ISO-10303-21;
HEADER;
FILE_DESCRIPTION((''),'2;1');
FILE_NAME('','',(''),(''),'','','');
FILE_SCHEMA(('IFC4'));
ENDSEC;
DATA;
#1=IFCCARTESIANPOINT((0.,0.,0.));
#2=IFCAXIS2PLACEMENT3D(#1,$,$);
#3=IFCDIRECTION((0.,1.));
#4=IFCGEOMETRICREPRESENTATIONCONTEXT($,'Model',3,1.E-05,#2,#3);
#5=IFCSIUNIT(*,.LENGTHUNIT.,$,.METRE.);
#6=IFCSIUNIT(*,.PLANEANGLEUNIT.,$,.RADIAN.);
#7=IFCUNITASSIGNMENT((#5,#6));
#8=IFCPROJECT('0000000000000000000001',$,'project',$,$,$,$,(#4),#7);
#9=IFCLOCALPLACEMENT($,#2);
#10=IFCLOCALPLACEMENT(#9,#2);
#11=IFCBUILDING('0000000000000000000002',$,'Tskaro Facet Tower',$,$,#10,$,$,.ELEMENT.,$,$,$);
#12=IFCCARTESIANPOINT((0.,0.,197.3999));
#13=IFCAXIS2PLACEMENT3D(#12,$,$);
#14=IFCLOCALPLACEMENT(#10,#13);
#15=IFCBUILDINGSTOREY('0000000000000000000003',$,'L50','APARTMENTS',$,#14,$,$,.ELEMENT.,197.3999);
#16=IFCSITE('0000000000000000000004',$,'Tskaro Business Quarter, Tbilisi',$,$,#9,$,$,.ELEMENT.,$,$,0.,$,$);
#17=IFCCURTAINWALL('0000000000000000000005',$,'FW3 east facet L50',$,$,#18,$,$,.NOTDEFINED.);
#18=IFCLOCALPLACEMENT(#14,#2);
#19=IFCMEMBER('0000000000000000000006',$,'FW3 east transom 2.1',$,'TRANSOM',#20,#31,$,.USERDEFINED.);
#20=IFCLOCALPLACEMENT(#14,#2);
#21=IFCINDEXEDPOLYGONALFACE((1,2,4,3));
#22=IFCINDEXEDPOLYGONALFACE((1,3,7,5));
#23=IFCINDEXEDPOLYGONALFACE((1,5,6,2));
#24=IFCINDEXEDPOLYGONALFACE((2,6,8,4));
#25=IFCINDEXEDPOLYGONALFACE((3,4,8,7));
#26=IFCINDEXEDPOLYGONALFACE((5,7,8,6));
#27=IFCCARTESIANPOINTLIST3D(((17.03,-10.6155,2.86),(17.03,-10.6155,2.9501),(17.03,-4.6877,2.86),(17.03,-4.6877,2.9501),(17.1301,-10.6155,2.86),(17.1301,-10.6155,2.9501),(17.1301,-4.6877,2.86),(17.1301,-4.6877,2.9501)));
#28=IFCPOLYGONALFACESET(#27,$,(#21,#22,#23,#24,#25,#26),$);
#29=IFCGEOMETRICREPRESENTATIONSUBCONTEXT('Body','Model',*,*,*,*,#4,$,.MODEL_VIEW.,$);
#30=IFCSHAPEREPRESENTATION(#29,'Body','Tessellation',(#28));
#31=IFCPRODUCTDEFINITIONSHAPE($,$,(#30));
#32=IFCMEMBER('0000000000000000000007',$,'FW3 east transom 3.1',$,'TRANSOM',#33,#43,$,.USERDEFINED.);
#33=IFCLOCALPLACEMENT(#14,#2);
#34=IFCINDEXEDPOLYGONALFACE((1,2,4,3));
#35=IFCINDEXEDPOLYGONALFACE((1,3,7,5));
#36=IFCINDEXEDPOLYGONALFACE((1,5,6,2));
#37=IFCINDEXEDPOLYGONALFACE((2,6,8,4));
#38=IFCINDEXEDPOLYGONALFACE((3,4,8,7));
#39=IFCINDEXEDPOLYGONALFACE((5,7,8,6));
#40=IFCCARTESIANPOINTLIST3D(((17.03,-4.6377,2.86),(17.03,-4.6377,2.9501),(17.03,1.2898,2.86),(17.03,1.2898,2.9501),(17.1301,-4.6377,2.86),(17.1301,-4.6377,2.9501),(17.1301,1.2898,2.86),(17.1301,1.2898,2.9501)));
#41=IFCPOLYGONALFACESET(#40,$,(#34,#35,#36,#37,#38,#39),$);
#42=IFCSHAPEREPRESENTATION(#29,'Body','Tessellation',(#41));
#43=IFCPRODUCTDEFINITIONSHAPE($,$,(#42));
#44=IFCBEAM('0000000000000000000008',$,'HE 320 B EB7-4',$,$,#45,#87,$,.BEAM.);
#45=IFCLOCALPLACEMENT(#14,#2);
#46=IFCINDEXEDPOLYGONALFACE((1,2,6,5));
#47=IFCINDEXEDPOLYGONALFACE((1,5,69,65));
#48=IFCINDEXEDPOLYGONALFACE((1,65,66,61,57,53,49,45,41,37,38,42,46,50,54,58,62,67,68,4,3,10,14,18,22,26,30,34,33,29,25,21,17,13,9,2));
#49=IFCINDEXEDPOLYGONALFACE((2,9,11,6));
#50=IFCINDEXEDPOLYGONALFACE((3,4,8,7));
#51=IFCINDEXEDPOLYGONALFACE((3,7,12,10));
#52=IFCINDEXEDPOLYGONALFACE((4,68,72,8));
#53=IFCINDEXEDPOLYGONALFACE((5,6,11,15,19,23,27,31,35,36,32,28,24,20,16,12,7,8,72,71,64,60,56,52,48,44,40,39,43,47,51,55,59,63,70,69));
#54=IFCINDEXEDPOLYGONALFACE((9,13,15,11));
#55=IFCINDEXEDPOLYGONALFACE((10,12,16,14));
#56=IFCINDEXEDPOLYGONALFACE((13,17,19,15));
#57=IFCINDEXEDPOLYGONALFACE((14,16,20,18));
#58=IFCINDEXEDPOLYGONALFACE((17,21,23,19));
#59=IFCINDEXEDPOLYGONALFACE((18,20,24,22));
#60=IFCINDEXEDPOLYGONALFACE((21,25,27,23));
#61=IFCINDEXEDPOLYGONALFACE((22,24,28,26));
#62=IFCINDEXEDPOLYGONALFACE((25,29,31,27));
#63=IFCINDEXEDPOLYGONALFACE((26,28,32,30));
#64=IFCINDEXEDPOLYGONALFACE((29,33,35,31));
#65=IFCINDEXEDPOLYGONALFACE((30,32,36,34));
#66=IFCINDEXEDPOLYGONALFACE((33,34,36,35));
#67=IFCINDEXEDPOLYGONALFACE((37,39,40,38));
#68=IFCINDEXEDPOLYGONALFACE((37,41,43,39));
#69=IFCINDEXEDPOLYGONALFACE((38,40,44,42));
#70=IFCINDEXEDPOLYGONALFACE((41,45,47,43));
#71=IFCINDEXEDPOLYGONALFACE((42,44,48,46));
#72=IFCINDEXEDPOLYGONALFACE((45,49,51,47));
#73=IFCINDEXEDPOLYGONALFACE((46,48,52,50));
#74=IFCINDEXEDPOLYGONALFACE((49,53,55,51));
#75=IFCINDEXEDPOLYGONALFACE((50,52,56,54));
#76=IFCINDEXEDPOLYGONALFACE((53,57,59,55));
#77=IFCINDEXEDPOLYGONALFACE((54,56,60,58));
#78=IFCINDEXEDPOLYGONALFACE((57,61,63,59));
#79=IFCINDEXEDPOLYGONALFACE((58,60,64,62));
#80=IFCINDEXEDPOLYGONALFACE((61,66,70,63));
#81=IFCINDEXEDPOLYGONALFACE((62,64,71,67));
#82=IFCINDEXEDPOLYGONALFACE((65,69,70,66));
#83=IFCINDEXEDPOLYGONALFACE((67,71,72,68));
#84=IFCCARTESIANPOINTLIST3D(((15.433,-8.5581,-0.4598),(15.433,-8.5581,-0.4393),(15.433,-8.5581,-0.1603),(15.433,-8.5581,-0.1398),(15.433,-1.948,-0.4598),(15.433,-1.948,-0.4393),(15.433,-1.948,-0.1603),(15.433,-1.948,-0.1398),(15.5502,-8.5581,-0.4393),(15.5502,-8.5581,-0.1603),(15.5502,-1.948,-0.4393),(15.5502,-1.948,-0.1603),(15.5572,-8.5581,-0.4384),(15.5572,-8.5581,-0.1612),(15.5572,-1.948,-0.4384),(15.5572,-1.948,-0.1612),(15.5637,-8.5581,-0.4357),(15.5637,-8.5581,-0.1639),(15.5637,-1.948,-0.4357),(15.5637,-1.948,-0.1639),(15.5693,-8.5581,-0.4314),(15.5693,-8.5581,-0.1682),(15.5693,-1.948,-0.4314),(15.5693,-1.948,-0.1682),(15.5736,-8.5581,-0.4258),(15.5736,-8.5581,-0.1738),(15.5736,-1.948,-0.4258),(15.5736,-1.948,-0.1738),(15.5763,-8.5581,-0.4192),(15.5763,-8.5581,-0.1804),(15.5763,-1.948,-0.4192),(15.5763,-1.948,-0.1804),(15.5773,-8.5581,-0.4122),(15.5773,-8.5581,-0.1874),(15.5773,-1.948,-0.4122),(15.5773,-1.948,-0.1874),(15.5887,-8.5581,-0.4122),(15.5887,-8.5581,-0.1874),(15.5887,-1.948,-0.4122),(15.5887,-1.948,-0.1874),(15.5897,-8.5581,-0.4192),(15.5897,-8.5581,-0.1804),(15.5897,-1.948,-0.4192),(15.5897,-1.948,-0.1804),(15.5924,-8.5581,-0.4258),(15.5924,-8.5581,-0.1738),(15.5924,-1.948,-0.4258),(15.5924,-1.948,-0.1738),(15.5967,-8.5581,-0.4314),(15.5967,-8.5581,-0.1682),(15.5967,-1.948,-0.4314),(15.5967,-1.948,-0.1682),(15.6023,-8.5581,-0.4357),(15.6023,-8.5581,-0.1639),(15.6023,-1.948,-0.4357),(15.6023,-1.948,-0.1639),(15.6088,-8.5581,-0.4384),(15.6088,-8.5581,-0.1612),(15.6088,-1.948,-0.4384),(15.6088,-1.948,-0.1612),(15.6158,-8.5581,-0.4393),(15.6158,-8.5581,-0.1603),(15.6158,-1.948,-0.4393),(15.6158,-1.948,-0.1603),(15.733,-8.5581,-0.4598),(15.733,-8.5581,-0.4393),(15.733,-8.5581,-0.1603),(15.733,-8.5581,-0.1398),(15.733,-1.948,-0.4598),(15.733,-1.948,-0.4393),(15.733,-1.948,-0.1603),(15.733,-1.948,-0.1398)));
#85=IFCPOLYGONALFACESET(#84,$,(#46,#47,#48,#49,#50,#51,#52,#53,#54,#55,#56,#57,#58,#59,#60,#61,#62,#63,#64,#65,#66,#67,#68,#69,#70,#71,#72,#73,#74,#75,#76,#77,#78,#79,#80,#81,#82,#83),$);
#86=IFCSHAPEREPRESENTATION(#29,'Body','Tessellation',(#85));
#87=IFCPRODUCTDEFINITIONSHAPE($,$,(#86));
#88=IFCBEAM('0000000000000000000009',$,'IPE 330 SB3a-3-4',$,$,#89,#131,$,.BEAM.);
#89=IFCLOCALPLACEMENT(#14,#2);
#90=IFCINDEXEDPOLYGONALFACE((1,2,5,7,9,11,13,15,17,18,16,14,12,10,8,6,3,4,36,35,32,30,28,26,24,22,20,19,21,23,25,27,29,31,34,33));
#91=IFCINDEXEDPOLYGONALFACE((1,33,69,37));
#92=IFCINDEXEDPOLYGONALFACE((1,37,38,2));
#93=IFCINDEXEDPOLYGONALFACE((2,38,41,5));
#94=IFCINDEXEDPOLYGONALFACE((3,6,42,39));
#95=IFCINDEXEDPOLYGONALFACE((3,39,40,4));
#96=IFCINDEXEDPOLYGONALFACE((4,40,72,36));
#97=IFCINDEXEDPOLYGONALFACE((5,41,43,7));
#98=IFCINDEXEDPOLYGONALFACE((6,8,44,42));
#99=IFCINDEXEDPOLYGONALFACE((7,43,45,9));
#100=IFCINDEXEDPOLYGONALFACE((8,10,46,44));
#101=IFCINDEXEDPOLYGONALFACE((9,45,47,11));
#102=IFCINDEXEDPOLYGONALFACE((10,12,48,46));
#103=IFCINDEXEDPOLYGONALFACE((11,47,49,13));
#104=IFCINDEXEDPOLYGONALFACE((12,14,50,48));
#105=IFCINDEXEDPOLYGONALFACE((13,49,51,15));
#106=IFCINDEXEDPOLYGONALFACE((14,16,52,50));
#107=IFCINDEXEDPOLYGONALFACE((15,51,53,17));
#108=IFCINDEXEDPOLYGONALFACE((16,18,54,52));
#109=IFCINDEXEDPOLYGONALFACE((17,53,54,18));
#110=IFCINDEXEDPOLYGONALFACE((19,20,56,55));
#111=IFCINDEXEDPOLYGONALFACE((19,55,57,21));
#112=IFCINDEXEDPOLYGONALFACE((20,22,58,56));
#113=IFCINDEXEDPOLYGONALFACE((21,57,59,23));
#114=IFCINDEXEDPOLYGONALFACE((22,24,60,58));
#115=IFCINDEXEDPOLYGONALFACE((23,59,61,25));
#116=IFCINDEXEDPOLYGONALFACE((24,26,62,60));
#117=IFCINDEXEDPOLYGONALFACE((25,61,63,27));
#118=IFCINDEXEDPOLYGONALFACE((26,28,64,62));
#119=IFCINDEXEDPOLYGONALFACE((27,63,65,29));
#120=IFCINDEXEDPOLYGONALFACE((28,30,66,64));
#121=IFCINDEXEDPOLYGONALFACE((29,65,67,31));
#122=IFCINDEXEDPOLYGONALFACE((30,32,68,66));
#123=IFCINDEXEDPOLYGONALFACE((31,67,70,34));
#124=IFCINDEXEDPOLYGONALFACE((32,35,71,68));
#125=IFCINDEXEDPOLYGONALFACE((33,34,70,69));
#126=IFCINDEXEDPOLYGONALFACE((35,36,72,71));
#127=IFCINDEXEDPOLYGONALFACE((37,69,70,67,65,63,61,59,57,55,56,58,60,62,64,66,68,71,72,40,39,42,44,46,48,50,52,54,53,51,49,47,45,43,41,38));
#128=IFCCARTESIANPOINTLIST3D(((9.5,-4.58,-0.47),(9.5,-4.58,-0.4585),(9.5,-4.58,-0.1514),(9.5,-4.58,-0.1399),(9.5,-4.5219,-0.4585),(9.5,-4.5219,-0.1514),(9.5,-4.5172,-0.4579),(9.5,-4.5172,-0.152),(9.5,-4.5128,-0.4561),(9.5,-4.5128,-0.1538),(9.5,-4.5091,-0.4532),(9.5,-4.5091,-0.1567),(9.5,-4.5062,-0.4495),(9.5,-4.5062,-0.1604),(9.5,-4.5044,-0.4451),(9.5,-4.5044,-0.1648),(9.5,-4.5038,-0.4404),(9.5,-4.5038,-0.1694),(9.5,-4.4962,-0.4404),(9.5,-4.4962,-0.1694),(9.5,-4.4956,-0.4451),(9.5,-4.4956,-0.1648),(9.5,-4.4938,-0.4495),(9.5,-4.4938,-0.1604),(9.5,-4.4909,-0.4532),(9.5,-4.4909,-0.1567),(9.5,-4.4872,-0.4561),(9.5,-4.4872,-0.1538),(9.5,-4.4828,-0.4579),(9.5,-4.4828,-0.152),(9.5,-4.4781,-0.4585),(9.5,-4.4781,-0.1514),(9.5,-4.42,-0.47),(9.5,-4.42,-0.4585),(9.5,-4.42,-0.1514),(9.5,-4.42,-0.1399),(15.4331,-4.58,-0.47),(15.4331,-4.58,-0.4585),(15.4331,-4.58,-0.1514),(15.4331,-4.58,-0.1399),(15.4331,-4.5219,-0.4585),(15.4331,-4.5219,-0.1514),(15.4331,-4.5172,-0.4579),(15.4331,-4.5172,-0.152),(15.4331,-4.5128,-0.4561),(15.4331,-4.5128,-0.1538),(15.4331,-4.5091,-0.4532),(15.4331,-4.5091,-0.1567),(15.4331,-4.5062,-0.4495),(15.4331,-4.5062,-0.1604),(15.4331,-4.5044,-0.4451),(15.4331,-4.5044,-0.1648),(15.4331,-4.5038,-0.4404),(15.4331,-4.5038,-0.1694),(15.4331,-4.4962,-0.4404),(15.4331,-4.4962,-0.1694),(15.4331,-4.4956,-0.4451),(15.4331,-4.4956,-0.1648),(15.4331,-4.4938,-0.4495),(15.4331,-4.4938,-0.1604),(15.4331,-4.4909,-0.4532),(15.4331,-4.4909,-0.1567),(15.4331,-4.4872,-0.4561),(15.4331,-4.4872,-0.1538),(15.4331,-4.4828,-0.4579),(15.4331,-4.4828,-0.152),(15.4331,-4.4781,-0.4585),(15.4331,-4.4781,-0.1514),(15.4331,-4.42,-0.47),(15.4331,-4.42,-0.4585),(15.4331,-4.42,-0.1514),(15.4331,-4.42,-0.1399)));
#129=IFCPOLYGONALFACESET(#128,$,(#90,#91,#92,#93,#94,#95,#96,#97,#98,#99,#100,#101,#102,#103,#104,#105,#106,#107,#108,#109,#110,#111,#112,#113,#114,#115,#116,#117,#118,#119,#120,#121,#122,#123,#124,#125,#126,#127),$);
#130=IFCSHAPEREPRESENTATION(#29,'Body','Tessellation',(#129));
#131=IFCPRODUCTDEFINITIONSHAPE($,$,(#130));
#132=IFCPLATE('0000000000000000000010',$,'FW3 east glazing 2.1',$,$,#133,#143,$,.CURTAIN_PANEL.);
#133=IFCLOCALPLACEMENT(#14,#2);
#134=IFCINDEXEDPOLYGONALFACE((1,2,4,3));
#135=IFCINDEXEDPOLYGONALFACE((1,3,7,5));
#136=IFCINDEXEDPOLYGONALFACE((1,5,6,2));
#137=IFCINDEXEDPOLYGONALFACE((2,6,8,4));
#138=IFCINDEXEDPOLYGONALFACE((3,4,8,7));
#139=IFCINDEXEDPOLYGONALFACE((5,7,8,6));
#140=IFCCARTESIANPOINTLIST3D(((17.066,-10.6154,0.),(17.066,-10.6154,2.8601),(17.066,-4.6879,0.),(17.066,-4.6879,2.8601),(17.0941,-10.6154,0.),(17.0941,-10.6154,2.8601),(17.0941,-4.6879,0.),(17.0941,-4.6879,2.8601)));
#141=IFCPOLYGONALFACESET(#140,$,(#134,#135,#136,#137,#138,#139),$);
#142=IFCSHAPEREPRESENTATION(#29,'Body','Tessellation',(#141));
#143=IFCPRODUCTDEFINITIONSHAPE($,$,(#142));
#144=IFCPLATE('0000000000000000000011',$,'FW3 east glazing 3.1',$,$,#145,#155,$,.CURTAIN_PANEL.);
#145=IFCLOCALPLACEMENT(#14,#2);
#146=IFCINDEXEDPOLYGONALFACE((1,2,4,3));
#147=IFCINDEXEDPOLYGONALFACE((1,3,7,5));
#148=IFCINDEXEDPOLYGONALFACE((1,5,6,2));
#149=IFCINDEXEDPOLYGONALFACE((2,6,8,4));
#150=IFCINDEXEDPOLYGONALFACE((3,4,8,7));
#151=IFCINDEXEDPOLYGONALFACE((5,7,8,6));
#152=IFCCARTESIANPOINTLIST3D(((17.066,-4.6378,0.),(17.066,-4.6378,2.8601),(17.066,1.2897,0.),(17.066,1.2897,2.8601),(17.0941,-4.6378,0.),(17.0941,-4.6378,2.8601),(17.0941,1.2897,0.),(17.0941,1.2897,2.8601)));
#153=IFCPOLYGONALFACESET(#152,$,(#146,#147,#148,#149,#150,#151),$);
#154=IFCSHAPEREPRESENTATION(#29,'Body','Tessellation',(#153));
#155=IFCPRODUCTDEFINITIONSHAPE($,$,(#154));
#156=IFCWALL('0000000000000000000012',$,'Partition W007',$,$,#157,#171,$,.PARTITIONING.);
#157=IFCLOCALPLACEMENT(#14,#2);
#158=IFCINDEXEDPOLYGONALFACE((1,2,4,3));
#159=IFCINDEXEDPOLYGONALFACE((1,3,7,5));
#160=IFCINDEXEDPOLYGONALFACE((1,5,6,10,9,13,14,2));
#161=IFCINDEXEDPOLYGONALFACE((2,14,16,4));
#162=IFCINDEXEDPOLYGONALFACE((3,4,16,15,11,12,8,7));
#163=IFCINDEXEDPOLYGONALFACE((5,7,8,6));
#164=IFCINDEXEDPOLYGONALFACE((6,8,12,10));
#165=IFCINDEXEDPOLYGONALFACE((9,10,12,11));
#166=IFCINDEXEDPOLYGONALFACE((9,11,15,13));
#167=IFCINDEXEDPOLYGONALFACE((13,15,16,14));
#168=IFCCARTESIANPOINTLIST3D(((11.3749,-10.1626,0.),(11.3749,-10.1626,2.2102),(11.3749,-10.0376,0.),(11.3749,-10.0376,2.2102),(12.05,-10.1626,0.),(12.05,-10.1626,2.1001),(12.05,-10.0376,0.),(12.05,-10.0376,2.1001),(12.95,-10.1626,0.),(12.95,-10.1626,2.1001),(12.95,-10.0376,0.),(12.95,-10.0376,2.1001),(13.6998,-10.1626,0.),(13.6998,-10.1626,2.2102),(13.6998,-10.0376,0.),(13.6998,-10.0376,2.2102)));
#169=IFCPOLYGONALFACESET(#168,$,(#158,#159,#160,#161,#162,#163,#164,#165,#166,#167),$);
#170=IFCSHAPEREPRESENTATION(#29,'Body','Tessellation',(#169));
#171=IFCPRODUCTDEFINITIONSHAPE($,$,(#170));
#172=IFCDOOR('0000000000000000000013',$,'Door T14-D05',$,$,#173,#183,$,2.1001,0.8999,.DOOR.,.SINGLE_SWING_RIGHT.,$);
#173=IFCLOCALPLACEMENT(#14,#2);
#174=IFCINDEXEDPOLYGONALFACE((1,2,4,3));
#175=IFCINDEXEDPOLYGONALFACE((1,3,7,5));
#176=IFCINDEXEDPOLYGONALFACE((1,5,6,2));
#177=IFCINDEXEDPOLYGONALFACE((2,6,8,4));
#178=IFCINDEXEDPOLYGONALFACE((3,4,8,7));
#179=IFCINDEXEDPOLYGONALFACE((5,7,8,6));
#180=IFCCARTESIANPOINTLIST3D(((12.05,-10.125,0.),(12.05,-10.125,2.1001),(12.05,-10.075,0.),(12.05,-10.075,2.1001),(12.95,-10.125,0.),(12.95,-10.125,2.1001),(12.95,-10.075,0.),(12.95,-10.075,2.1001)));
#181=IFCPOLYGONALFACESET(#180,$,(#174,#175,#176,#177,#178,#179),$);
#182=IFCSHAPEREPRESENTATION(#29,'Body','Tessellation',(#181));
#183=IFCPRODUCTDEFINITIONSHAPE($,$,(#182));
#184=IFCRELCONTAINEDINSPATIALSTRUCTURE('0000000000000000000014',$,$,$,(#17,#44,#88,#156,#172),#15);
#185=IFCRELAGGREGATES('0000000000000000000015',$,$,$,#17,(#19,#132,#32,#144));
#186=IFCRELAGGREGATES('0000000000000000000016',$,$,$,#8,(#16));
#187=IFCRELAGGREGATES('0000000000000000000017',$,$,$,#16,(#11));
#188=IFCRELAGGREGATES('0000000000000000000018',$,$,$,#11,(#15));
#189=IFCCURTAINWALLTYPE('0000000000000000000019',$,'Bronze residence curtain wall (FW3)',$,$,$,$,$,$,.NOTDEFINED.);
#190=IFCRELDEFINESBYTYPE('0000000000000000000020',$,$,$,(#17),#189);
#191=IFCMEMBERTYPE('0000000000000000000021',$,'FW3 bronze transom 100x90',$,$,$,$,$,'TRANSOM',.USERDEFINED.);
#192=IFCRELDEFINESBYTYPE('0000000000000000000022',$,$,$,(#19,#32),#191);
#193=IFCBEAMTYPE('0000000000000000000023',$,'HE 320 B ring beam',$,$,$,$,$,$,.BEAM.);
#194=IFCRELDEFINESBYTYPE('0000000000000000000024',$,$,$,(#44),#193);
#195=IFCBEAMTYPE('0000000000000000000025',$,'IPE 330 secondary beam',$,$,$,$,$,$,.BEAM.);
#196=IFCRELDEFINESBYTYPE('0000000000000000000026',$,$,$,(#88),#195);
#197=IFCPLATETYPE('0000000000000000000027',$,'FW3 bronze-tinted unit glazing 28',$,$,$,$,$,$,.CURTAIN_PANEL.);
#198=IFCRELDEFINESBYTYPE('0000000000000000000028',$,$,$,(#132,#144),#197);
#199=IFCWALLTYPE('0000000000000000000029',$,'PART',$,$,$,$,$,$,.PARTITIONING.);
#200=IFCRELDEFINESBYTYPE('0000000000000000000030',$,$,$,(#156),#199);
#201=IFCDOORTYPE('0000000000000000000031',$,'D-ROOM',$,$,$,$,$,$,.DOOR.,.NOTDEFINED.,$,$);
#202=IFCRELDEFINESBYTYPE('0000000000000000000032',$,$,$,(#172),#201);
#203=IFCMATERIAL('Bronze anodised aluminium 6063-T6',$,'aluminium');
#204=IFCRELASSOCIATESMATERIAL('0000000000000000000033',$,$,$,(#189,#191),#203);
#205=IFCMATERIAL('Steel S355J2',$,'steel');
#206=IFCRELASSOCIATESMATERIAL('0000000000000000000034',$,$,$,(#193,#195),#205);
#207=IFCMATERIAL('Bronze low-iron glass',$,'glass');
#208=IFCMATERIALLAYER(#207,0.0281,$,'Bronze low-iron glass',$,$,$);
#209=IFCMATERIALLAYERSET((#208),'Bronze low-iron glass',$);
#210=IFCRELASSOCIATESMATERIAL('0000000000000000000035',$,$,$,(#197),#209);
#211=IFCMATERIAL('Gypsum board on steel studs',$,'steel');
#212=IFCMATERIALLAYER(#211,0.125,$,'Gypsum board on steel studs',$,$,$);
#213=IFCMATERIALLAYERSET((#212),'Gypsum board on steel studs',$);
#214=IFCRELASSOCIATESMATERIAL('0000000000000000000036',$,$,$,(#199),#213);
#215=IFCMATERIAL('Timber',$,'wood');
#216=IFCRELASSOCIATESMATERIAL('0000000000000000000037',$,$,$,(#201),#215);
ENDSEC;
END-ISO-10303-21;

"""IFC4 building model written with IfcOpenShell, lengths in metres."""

from ifc_helpers import new_model, si_unit, direction, frame, frame_2d, origin, origin_2d, place, context, subcontext, project, spatial, rectangle, i_section, extrude, material, layer, layer_set, material_profile, profile_set, type_object, element, fill, aggregate, save


model = new_model("IFC4")

# Units and contexts
model_context = context("Model", 3, precision=1e-05, world=origin(), true_north=direction((0.0, 1.0)))
body_context = subcontext(model_context, "Body", "Model", "MODEL_VIEW")
ifc_project = project(units=[si_unit("LENGTHUNIT", "METRE"), si_unit("PLANEANGLEUNIT", "RADIAN")], contexts=[model_context])

# Site, building, storey
site_placement = place(None, origin())
site = spatial("IfcSite", under=ifc_project, at=site_placement, Name="Tskaro Business Quarter, Tbilisi", CompositionType="ELEMENT", RefElevation=0.0)
building_placement = place(site_placement, origin())
building = spatial("IfcBuilding", under=site, at=building_placement, Name="Tskaro Facet Tower", CompositionType="ELEMENT")
storey_placement = place(building_placement, frame((0.0, 0.0, 197.3999)))
storey = spatial("IfcBuildingStorey", under=building, at=storey_placement, Name="L50", Description="APARTMENTS", CompositionType="ELEMENT", Elevation=197.3999)

# Curtain wall, members
ifc_material_1 = material(Name="Bronze anodised aluminium 6063-T6", Category="aluminium")
curtain_wall_type = type_object("IfcCurtainWallType", Name="Bronze residence curtain wall (FW3)", PredefinedType="NOTDEFINED", material=ifc_material_1)
curtain_wall_placement = place(storey_placement, origin())
curtain_wall = element("IfcCurtainWall", 1, at=curtain_wall_placement, inside=storey, type_object=curtain_wall_type, Name="FW3 east facet L50", PredefinedType="NOTDEFINED")
ifc_material_profile_1 = material_profile(ifc_material_1, rectangle(XDim=0.1001, YDim=0.0901, at=origin_2d()), Name="Transom 100x90")
ifc_profile_set_1 = profile_set([ifc_material_profile_1], Name="Bronze anodised aluminium 6063-T6")
member_type_1 = type_object("IfcMemberType", Name="FW3 bronze transom 100x90", ElementType="TRANSOM", PredefinedType="USERDEFINED", material=ifc_profile_set_1)
member_1_placement = place(storey_placement, frame((17.0801, -10.6155, 2.905), z_axis=(0.0, 1.0, 0.0), x_axis=(-1.0, 0.0, 0.0)))
member_1 = element("IfcMember", 2, at=member_1_placement, type_object=member_type_1, Name="FW3 east transom 2.1", ObjectType="TRANSOM", PredefinedType="USERDEFINED", context=body_context, shape_type="SweptSolid", body=[
    extrude(rectangle(XDim=0.1001, YDim=0.0901, at=origin_2d()), origin(), (0.0, 0.0, 1.0), 5.9277),
])
member_2_placement = place(storey_placement, frame((17.0801, -4.6377, 2.905), z_axis=(0.0, 1.0, 0.0), x_axis=(-1.0, 0.0, 0.0)))
member_2 = element("IfcMember", 3, at=member_2_placement, type_object=member_type_1, Name="FW3 east transom 3.1", ObjectType="TRANSOM", PredefinedType="USERDEFINED", context=body_context, shape_type="SweptSolid", body=[
    extrude(rectangle(XDim=0.1001, YDim=0.0901, at=origin_2d()), origin(), (0.0, 0.0, 1.0), 5.9275),
])

# Beams
ifc_material_2 = material(Name="Steel S355J2", Category="steel")
ifc_material_profile_2 = material_profile(ifc_material_2, i_section(OverallWidth=0.3, OverallDepth=0.3201, WebThickness=0.0115, FlangeThickness=0.0205, FilletRadius=0.0271, at=origin_2d()), Name="HE 320 B")
ifc_profile_set_2 = profile_set([ifc_material_profile_2], Name="Steel S355J2")
beam_type_1 = type_object("IfcBeamType", Name="HE 320 B ring beam", PredefinedType="BEAM", material=ifc_profile_set_2)
beam_1_placement = place(storey_placement, frame((15.583, -8.5581, -0.2998), z_axis=(0.0, 1.0, 0.0), x_axis=(-1.0, 0.0, 0.0)))
element("IfcBeam", 4, at=beam_1_placement, inside=storey, type_object=beam_type_1, Name="HE 320 B EB7-4", PredefinedType="BEAM", context=body_context, shape_type="SweptSolid", body=[
    extrude(i_section(OverallWidth=0.3, OverallDepth=0.3201, WebThickness=0.0115, FlangeThickness=0.0205, FilletRadius=0.0271, at=origin_2d()), origin(), (0.0, 0.0, 1.0), 6.6101),
])
ifc_material_profile_3 = material_profile(ifc_material_2, i_section(OverallWidth=0.1599, OverallDepth=0.3301, WebThickness=0.0076, FlangeThickness=0.0115, FilletRadius=0.0181, at=origin_2d()), Name="IPE 330")
ifc_profile_set_3 = profile_set([ifc_material_profile_3], Name="Steel S355J2")
beam_type_2 = type_object("IfcBeamType", Name="IPE 330 secondary beam", PredefinedType="BEAM", material=ifc_profile_set_3)
beam_2_placement = place(storey_placement, frame((9.5, -4.5, -0.3049), z_axis=(1.0, 0.0, 0.0), x_axis=(0.0, 1.0, 0.0)))
element("IfcBeam", 5, at=beam_2_placement, inside=storey, type_object=beam_type_2, Name="IPE 330 SB3a-3-4", PredefinedType="BEAM", context=body_context, shape_type="SweptSolid", body=[
    extrude(i_section(OverallWidth=0.1599, OverallDepth=0.3301, WebThickness=0.0076, FlangeThickness=0.0115, FilletRadius=0.0181, at=origin_2d()), origin(), (0.0, 0.0, 1.0), 5.9331),
])

# Plates
ifc_material_3 = material(Name="Bronze low-iron glass", Category="glass")
ifc_layer_1 = layer(ifc_material_3, 0.0281, Name="Bronze low-iron glass")
ifc_layer_set_1 = layer_set([ifc_layer_1], Name="Bronze low-iron glass")
plate_type = type_object("IfcPlateType", Name="FW3 bronze-tinted unit glazing 28", PredefinedType="CURTAIN_PANEL", material=ifc_layer_set_1)
plate_1_placement = place(storey_placement, frame((17.0801, -7.6516, 0.0), z_axis=(0.0, 0.0, 1.0), x_axis=(0.0, 1.0, 0.0)))
plate_1 = element("IfcPlate", 6, at=plate_1_placement, type_object=plate_type, Name="FW3 east glazing 2.1", PredefinedType="CURTAIN_PANEL", context=body_context, shape_type="SweptSolid", body=[
    extrude(rectangle(XDim=5.9275, YDim=0.0281, at=origin_2d()), origin(), (0.0, 0.0, 1.0), 2.8601),
])
plate_2_placement = place(storey_placement, frame((17.0801, -1.6741, 0.0), z_axis=(0.0, 0.0, 1.0), x_axis=(0.0, 1.0, 0.0)))
plate_2 = element("IfcPlate", 7, at=plate_2_placement, type_object=plate_type, Name="FW3 east glazing 3.1", PredefinedType="CURTAIN_PANEL", context=body_context, shape_type="SweptSolid", body=[
    extrude(rectangle(XDim=5.9275, YDim=0.0281, at=origin_2d()), origin(), (0.0, 0.0, 1.0), 2.8601),
])
aggregate(curtain_wall, [member_1, plate_1, member_2, plate_2])

# Wall, opening, door
ifc_material_4 = material(Name="Gypsum board on steel studs", Category="steel")
ifc_layer_2 = layer(ifc_material_4, 0.125, Name="Gypsum board on steel studs")
ifc_layer_set_2 = layer_set([ifc_layer_2], Name="Gypsum board on steel studs")
wall_type_1 = type_object("IfcWallType", Name="PART", PredefinedType="PARTITIONING", material=ifc_layer_set_2)
wall_1_placement = place(storey_placement, frame((13.7, -10.1001, 0.0), z_axis=(0.0, 0.0, 1.0), x_axis=(-1.0, 0.0, 0.0)))
wall_1 = element("IfcWall", 8, at=wall_1_placement, inside=storey, type_object=wall_type_1, Name="Partition W007", PredefinedType="PARTITIONING", context=body_context, shape_type="SweptSolid", body=[
    extrude(rectangle(XDim=2.325, YDim=0.125, at=frame_2d((1.1626, 0.0))), origin(), (0.0, 0.0, 1.0), 2.2102),
])
opening_1_placement = place(wall_1_placement, frame((0.75, 0.0, 0.0)))
opening_1 = element("IfcOpeningElement", 9, at=opening_1_placement, cuts=wall_1, PredefinedType="OPENING", context=body_context, shape_type="SweptSolid", body=[
    extrude(rectangle(XDim=0.8999, YDim=2.1001, at=frame_2d((0.45, 1.05))), frame((0.0, 0.0725, 0.0), z_axis=(0.0, -1.0, 0.0), x_axis=(1.0, 0.0, 0.0)), (0.0, 0.0, 1.0), 0.145),
])
ifc_material_5 = material(Name="Timber", Category="wood")
door_type = type_object("IfcDoorType", Name="D-ROOM", OperationType="NOTDEFINED", PredefinedType="DOOR", material=ifc_material_5)
door_1_placement = place(opening_1_placement, origin())
door_1 = element("IfcDoor", 10, at=door_1_placement, inside=storey, type_object=door_type, Name="Door T14-D05", OperationType="SINGLE_SWING_RIGHT", OverallHeight=2.1001, OverallWidth=0.8999, PredefinedType="DOOR", context=body_context, shape_type="SweptSolid", body=[
    extrude(rectangle(XDim=0.8999, YDim=2.1001, at=frame_2d((0.45, 1.05))), frame((0.0, 0.0249, 0.0), z_axis=(0.0, -1.0, 0.0), x_axis=(1.0, 0.0, 0.0)), (0.0, 0.0, 1.0), 0.05),
])
fill(opening_1, door_1)

save(model, "model.ifc")
